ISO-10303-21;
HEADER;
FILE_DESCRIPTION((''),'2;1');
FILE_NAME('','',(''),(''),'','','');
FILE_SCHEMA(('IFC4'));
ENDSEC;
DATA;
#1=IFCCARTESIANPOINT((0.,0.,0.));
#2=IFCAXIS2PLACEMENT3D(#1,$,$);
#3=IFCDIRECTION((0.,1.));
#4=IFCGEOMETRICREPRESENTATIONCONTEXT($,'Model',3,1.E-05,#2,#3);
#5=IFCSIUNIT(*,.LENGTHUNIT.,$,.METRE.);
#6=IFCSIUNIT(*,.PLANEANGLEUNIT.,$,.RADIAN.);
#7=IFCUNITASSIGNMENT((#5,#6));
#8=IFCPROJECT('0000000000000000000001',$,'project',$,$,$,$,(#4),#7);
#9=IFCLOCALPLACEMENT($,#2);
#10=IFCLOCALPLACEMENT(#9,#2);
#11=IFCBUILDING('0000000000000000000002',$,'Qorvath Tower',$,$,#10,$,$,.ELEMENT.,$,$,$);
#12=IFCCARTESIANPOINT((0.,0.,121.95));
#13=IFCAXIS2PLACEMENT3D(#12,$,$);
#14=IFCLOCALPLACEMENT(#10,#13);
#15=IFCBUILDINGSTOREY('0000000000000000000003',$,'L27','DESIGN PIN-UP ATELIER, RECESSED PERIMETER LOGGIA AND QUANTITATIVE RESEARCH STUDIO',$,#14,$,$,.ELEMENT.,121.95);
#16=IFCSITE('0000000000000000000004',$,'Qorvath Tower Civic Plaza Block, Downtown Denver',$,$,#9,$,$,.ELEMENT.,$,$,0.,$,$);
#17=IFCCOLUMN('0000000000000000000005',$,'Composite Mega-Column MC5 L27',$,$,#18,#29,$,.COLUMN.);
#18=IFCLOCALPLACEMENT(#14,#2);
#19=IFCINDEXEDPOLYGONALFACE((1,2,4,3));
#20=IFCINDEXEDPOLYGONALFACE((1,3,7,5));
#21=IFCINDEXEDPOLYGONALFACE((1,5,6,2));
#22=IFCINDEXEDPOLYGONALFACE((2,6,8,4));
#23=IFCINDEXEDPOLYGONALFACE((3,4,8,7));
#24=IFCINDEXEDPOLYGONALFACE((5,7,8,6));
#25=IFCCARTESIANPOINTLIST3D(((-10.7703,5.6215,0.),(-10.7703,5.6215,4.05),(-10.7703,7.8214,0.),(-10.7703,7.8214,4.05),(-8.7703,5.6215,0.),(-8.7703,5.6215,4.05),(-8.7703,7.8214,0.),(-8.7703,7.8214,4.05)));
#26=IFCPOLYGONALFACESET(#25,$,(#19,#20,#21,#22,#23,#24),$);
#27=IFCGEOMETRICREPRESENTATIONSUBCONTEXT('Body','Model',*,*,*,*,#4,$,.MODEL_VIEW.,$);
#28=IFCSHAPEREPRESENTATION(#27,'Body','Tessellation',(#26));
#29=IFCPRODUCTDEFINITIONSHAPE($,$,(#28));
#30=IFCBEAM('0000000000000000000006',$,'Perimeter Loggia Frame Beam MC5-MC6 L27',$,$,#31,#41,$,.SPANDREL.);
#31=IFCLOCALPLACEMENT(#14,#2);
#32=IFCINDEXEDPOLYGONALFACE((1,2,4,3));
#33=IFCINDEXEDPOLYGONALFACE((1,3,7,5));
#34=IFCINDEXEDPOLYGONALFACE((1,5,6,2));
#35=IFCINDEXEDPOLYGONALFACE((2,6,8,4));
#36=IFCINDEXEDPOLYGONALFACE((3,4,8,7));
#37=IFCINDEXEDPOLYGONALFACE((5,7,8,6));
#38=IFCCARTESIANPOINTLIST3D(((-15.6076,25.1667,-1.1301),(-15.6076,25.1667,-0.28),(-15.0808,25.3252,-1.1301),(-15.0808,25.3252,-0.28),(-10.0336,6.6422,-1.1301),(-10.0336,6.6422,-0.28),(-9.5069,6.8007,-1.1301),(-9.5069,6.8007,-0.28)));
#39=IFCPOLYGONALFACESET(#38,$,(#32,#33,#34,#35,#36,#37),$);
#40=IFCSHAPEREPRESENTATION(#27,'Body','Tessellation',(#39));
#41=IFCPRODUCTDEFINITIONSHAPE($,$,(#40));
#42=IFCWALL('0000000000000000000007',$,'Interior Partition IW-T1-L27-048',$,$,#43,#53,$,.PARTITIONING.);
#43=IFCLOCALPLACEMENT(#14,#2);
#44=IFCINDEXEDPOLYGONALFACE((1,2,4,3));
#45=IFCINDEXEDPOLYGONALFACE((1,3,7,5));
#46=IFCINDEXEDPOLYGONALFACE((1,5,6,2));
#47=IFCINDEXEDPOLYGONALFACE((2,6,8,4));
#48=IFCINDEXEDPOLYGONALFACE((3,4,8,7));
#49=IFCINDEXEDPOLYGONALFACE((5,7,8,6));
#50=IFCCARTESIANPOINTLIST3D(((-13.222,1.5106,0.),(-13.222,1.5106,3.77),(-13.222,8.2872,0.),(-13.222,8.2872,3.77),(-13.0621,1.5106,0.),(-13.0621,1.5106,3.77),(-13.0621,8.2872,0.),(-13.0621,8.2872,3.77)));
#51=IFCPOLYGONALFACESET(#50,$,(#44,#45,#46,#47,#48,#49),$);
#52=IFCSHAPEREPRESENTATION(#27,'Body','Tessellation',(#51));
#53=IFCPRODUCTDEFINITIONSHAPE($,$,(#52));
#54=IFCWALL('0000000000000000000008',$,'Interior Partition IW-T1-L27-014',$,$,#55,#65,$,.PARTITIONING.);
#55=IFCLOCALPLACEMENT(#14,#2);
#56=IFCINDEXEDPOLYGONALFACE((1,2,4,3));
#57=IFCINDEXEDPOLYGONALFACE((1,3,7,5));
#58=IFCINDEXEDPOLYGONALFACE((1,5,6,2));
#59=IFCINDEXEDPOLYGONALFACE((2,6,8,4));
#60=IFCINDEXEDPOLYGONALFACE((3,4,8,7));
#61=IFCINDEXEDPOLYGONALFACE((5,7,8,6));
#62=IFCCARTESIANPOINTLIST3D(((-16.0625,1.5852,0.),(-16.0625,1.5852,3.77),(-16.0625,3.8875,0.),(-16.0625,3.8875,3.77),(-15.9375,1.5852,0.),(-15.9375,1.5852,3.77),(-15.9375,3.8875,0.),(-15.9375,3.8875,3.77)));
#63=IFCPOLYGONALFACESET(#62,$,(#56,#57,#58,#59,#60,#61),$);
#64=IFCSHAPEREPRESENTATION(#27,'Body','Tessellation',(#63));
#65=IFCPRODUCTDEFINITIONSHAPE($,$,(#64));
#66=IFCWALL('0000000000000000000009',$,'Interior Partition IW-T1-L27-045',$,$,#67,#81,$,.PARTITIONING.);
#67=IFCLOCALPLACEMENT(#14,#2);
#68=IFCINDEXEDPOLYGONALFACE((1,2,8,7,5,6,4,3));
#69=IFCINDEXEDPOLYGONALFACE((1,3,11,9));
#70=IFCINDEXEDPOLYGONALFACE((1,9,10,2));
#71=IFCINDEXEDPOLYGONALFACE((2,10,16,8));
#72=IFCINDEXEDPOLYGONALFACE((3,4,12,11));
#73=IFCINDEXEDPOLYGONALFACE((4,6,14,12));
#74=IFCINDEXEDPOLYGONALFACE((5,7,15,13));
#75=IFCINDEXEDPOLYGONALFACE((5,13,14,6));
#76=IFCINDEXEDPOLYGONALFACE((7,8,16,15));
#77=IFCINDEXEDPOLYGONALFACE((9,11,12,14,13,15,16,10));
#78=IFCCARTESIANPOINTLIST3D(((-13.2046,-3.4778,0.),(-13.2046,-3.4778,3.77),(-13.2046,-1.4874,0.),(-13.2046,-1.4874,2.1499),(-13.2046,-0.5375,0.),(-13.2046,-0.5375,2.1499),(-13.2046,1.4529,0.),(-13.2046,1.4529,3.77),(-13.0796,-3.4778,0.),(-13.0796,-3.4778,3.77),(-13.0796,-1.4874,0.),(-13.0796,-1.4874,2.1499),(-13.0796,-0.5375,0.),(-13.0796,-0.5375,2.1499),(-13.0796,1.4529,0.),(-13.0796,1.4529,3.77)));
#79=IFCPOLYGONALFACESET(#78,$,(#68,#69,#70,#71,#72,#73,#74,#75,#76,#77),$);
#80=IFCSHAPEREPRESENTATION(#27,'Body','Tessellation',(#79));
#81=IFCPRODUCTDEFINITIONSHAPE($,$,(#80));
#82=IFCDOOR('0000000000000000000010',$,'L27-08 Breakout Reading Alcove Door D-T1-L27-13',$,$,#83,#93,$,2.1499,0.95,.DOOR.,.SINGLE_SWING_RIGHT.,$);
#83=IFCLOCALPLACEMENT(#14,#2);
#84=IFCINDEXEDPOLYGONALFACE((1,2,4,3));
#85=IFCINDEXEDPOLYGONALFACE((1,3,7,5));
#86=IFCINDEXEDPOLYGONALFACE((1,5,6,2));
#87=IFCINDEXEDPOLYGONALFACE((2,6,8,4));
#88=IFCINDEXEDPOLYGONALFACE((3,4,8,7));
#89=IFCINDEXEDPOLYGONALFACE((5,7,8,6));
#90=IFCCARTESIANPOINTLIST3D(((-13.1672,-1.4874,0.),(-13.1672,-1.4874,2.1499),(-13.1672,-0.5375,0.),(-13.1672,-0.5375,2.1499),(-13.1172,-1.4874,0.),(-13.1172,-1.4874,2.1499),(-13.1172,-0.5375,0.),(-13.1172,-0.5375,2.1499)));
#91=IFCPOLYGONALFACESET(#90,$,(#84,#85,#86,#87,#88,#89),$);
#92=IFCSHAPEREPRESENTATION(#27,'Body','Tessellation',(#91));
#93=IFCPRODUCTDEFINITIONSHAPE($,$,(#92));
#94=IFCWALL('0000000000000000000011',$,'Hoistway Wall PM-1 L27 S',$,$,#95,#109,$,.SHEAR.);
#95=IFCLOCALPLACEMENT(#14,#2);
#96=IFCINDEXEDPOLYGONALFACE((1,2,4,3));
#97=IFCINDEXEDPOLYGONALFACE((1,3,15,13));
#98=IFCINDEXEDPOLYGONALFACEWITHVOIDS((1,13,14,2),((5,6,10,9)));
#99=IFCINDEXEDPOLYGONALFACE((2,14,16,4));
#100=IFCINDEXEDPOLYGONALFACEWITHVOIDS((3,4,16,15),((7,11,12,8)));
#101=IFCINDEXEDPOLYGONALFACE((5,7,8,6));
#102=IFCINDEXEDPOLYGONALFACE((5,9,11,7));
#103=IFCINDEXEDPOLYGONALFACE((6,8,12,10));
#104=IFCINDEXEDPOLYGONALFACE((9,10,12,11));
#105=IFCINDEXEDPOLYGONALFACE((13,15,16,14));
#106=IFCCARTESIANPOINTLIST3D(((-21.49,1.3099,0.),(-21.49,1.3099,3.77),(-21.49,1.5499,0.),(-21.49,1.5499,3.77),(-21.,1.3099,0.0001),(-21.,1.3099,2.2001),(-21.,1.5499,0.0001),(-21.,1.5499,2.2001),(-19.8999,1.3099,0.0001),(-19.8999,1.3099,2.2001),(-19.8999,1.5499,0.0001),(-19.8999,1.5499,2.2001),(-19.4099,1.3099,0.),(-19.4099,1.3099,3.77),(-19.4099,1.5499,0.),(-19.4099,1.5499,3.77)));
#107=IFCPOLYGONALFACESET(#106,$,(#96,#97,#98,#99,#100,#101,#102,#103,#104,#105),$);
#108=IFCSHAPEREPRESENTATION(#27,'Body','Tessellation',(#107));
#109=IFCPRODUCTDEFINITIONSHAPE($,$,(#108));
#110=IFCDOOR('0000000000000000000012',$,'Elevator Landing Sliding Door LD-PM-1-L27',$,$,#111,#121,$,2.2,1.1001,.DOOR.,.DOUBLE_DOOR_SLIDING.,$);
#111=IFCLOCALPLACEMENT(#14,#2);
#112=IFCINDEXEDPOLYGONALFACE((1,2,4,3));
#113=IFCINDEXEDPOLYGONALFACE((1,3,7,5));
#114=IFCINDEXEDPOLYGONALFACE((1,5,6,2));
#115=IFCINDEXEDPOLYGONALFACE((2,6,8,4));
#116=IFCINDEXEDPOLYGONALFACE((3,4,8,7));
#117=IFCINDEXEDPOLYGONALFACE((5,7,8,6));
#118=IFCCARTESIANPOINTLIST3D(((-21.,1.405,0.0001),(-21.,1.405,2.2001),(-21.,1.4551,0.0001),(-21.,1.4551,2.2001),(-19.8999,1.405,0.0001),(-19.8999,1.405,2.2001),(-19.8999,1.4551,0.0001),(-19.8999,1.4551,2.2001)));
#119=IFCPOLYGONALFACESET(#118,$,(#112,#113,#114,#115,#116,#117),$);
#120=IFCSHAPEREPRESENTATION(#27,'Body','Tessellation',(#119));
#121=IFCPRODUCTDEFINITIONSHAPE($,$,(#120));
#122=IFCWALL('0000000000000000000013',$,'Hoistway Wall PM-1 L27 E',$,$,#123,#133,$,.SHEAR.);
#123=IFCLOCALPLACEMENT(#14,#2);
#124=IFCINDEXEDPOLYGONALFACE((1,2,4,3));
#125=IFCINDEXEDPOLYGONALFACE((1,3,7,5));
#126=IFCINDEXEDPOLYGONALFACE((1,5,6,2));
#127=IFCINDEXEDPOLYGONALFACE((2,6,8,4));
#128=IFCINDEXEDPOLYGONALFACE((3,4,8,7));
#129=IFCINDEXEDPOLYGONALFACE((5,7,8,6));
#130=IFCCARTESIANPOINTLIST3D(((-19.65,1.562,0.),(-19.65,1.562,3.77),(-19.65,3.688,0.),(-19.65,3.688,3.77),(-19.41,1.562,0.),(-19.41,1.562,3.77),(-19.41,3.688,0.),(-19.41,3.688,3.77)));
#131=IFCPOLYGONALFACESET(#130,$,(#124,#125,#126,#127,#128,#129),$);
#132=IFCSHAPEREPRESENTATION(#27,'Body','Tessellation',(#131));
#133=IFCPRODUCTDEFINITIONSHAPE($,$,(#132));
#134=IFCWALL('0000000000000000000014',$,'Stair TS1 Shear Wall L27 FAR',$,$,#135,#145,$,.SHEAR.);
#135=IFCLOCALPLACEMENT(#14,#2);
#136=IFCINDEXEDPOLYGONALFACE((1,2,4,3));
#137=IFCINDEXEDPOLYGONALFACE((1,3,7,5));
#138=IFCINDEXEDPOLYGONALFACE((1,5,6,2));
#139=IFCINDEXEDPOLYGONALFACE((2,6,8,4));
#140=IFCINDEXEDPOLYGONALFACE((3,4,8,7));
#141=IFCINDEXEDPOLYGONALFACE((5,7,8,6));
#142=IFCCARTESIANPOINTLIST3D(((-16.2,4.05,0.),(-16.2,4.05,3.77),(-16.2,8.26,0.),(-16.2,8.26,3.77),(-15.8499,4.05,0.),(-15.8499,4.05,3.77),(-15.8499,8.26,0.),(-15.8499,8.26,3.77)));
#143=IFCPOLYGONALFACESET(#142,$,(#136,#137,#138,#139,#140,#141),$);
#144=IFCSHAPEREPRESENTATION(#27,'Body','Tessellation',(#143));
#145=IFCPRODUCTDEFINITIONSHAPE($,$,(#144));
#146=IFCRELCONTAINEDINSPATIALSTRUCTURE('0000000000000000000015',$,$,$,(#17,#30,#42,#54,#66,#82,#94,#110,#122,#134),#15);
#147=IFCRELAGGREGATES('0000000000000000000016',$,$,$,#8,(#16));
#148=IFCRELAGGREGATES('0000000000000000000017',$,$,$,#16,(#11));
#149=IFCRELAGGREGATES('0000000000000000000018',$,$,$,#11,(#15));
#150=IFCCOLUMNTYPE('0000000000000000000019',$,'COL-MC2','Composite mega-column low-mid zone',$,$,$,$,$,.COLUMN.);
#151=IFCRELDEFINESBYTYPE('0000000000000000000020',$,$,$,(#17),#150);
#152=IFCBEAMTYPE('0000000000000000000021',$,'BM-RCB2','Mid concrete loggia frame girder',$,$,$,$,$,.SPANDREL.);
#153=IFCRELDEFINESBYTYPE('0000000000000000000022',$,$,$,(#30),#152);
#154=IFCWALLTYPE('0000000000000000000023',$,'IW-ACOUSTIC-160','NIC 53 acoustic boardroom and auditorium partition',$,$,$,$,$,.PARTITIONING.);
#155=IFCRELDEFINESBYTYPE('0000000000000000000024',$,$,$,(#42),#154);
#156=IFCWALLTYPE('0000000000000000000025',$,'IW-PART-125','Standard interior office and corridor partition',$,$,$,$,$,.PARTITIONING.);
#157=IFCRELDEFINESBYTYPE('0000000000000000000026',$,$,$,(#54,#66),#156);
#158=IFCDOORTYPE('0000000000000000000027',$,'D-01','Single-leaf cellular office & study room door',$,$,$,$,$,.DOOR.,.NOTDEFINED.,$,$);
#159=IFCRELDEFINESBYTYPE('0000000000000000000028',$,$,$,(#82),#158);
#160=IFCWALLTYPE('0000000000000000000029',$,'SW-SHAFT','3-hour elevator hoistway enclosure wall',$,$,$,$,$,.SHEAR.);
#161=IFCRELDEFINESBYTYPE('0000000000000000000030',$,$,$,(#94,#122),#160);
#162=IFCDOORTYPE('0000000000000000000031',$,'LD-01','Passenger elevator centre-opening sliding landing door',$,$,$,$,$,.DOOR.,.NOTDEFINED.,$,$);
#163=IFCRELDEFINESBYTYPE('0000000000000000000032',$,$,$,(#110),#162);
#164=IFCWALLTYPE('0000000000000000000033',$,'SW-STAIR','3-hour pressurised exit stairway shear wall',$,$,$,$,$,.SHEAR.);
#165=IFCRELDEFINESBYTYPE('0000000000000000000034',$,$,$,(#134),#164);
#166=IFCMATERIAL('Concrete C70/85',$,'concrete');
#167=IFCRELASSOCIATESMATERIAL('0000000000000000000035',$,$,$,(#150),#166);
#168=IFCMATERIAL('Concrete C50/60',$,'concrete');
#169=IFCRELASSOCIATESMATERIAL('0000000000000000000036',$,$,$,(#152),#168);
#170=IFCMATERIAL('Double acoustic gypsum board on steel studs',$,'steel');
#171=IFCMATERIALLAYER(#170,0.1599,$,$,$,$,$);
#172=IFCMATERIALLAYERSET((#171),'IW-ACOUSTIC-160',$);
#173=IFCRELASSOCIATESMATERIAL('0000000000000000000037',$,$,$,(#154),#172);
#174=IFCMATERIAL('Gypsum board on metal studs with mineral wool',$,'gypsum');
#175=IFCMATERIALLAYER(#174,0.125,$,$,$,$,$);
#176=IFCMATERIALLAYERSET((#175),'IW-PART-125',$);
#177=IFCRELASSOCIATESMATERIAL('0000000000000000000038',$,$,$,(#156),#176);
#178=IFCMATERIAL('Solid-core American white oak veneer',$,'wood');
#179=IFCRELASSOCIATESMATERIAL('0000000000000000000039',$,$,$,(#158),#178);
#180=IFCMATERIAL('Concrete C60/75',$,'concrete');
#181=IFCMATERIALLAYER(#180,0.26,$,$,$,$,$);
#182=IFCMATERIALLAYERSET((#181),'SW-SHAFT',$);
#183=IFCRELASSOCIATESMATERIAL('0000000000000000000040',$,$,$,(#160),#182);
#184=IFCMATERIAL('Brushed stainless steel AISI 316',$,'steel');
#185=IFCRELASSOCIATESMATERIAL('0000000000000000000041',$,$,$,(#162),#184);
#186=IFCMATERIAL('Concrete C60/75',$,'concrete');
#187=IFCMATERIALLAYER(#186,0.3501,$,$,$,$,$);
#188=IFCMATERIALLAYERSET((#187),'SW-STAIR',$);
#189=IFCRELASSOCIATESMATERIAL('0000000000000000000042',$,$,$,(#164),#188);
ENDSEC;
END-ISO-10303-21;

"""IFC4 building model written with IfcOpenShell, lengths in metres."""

from ifc_helpers import new_model, si_unit, direction, frame, frame_2d, origin, origin_2d, place, context, subcontext, project, spatial, rectangle, extrude, material, layer, layer_set, material_profile, profile_set, type_object, element, fill, save


model = new_model("IFC4")

# Units and contexts
model_context = context("Model", 3, precision=1e-05, world=origin(), true_north=direction((0.0, 1.0)))
body_context = subcontext(model_context, "Body", "Model", "MODEL_VIEW")
ifc_project = project(units=[si_unit("LENGTHUNIT", "METRE"), si_unit("PLANEANGLEUNIT", "RADIAN")], contexts=[model_context])

# Site, building, storey
site_placement = place(None, origin())
site = spatial("IfcSite", under=ifc_project, at=site_placement, Name="Qorvath Tower Civic Plaza Block, Downtown Denver", CompositionType="ELEMENT", RefElevation=0.0)
building_placement = place(site_placement, origin())
building = spatial("IfcBuilding", under=site, at=building_placement, Name="Qorvath Tower", CompositionType="ELEMENT")
storey_placement = place(building_placement, frame((0.0, 0.0, 121.95)))
storey = spatial("IfcBuildingStorey", under=building, at=storey_placement, Name="L27", Description="DESIGN PIN-UP ATELIER, RECESSED PERIMETER LOGGIA AND QUANTITATIVE RESEARCH STUDIO", CompositionType="ELEMENT", Elevation=121.95)

# Column
ifc_material_1 = material(Name="Concrete C70/85", Category="concrete")
ifc_material_profile_1 = material_profile(ifc_material_1, rectangle(XDim=2.0, YDim=2.2, at=origin_2d()), Name="MC 2200x2000")
ifc_profile_set_1 = profile_set([ifc_material_profile_1], Name="Concrete C70/85")
column_type = type_object("IfcColumnType", Name="COL-MC2", Description="Composite mega-column low-mid zone", PredefinedType="COLUMN", material=ifc_profile_set_1)
column_placement = place(storey_placement, frame((-9.7703, 6.7214, 0.0), z_axis=(0.0, 0.0, 1.0), x_axis=(1.0, 0.0, 0.0)))
element("IfcColumn", 1, at=column_placement, inside=storey, type_object=column_type, Name="Composite Mega-Column MC5 L27", PredefinedType="COLUMN", context=body_context, shape_type="SweptSolid", body=[
    extrude(rectangle(XDim=2.0, YDim=2.2, at=origin_2d()), origin(), (0.0, 0.0, 1.0), 4.05),
])

# Beam
ifc_material_2 = material(Name="Concrete C50/60", Category="concrete")
ifc_material_profile_2 = material_profile(ifc_material_2, rectangle(XDim=0.55, YDim=0.8501, at=origin_2d()), Name="RCB 850x550")
ifc_profile_set_2 = profile_set([ifc_material_profile_2], Name="Concrete C50/60")
beam_type = type_object("IfcBeamType", Name="BM-RCB2", Description="Mid concrete loggia frame girder", PredefinedType="SPANDREL", material=ifc_profile_set_2)
beam_placement = place(storey_placement, frame((-9.7703, 6.7214, -0.7051), z_axis=(-0.288134, 0.95759, 0.0), x_axis=(-0.95759, -0.288134, 0.0)))
element("IfcBeam", 2, at=beam_placement, inside=storey, type_object=beam_type, Name="Perimeter Loggia Frame Beam MC5-MC6 L27", PredefinedType="SPANDREL", context=body_context, shape_type="SweptSolid", body=[
    extrude(rectangle(XDim=0.55, YDim=0.8501, at=origin_2d()), origin(), (0.0, 0.0, 1.0), 19.345),
])

# Wall
ifc_material_3 = material(Name="Double acoustic gypsum board on steel studs", Category="steel")
ifc_layer_1 = layer(ifc_material_3, 0.1599)
ifc_layer_set_1 = layer_set([ifc_layer_1], Name="IW-ACOUSTIC-160")
wall_type_1 = type_object("IfcWallType", Name="IW-ACOUSTIC-160", Description="NIC 53 acoustic boardroom and auditorium partition", PredefinedType="PARTITIONING", material=ifc_layer_set_1)
wall_1_placement = place(storey_placement, frame((-13.1421, 8.2871, 0.0), z_axis=(0.0, 0.0, 1.0), x_axis=(0.0, -1.0, 0.0)))
element("IfcWall", 3, at=wall_1_placement, inside=storey, type_object=wall_type_1, Name="Interior Partition IW-T1-L27-048", PredefinedType="PARTITIONING", context=body_context, shape_type="SweptSolid", body=[
    extrude(rectangle(XDim=6.7766, YDim=0.1599, at=frame_2d((3.3882, 0.0))), origin(), (0.0, 0.0, 1.0), 3.77),
])

# Shared definitions
ifc_material_4 = material(Name="Gypsum board on metal studs with mineral wool", Category="gypsum")
ifc_layer_2 = layer(ifc_material_4, 0.125)
ifc_layer_set_2 = layer_set([ifc_layer_2], Name="IW-PART-125")
wall_type_2 = type_object("IfcWallType", Name="IW-PART-125", Description="Standard interior office and corridor partition", PredefinedType="PARTITIONING", material=ifc_layer_set_2)
ifc_material_5 = material(Name="Solid-core American white oak veneer", Category="wood")
door_type_1 = type_object("IfcDoorType", Name="D-01", Description="Single-leaf cellular office & study room door", OperationType="NOTDEFINED", PredefinedType="DOOR", material=ifc_material_5)

# Wall
wall_2_placement = place(storey_placement, frame((-16.0, 1.5852, 0.0), z_axis=(0.0, 0.0, 1.0), x_axis=(0.0, 1.0, 0.0)))
element("IfcWall", 4, at=wall_2_placement, inside=storey, type_object=wall_type_2, Name="Interior Partition IW-T1-L27-014", PredefinedType="PARTITIONING", context=body_context, shape_type="SweptSolid", body=[
    extrude(rectangle(XDim=2.3022, YDim=0.125, at=frame_2d((1.1511, 0.0))), origin(), (0.0, 0.0, 1.0), 3.77),
])

# Walls, openings, doors
wall_3_placement = place(storey_placement, frame((-13.1421, 1.4529, 0.0), z_axis=(0.0, 0.0, 1.0), x_axis=(0.0, -1.0, 0.0)))
wall_3 = element("IfcWall", 5, at=wall_3_placement, inside=storey, type_object=wall_type_2, Name="Interior Partition IW-T1-L27-045", PredefinedType="PARTITIONING", context=body_context, shape_type="SweptSolid", body=[
    extrude(rectangle(XDim=4.9307, YDim=0.125, at=frame_2d((2.4653, 0.0))), origin(), (0.0, 0.0, 1.0), 3.77),
])
opening_1_placement = place(wall_3_placement, frame((1.9902, 0.0, 0.0)))
opening_1 = element("IfcOpeningElement", 6, at=opening_1_placement, cuts=wall_3, PredefinedType="OPENING", context=body_context, shape_type="SweptSolid", body=[
    extrude(rectangle(XDim=0.95, YDim=2.1499, at=frame_2d((0.4751, 1.075))), frame((0.0, 0.0725, 0.0), z_axis=(0.0, -1.0, 0.0), x_axis=(1.0, 0.0, 0.0)), (0.0, 0.0, 1.0), 0.145),
])
door_1_placement = place(opening_1_placement, origin())
door_1 = element("IfcDoor", 7, at=door_1_placement, inside=storey, type_object=door_type_1, Name="L27-08 Breakout Reading Alcove Door D-T1-L27-13", OperationType="SINGLE_SWING_RIGHT", OverallHeight=2.1499, OverallWidth=0.95, PredefinedType="DOOR", context=body_context, shape_type="SweptSolid", body=[
    extrude(rectangle(XDim=0.95, YDim=2.1499, at=frame_2d((0.4751, 1.075))), frame((0.0, 0.0249, 0.0), z_axis=(0.0, -1.0, 0.0), x_axis=(1.0, 0.0, 0.0)), (0.0, 0.0, 1.0), 0.05),
])
fill(opening_1, door_1)
ifc_material_6 = material(Name="Concrete C60/75", Category="concrete")
ifc_layer_3 = layer(ifc_material_6, 0.26)
ifc_layer_set_3 = layer_set([ifc_layer_3], Name="SW-SHAFT")
wall_type_3 = type_object("IfcWallType", Name="SW-SHAFT", Description="3-hour elevator hoistway enclosure wall", PredefinedType="SHEAR", material=ifc_layer_set_3)
wall_4_placement = place(storey_placement, frame((-19.4099, 1.4299, 0.0), z_axis=(0.0, 0.0, 1.0), x_axis=(-1.0, 0.0, 0.0)))
wall_4 = element("IfcWall", 8, at=wall_4_placement, inside=storey, type_object=wall_type_3, Name="Hoistway Wall PM-1 L27 S", PredefinedType="SHEAR", context=body_context, shape_type="SweptSolid", body=[
    extrude(rectangle(XDim=2.0801, YDim=0.24, at=frame_2d((1.04, 0.0))), origin(), (0.0, 0.0, 1.0), 3.77),
])
opening_2_placement = place(wall_4_placement, frame((0.49, 0.0, 0.0)))
opening_2 = element("IfcOpeningElement", 9, at=opening_2_placement, cuts=wall_4, PredefinedType="OPENING", context=body_context, shape_type="SweptSolid", body=[
    extrude(rectangle(XDim=1.1001, YDim=2.2, at=frame_2d((0.55, 1.1001))), frame((0.0, 0.1299, 0.0), z_axis=(0.0, -1.0, 0.0), x_axis=(1.0, 0.0, 0.0)), (0.0, 0.0, 1.0), 0.26),
])
ifc_material_7 = material(Name="Brushed stainless steel AISI 316", Category="steel")
door_type_2 = type_object("IfcDoorType", Name="LD-01", Description="Passenger elevator centre-opening sliding landing door", OperationType="NOTDEFINED", PredefinedType="DOOR", material=ifc_material_7)
door_2_placement = place(opening_2_placement, origin())
door_2 = element("IfcDoor", 10, at=door_2_placement, inside=storey, type_object=door_type_2, Name="Elevator Landing Sliding Door LD-PM-1-L27", OperationType="DOUBLE_DOOR_SLIDING", OverallHeight=2.2, OverallWidth=1.1001, PredefinedType="DOOR", context=body_context, shape_type="SweptSolid", body=[
    extrude(rectangle(XDim=1.1001, YDim=2.2, at=frame_2d((0.55, 1.1001))), frame((0.0, 0.0249, 0.0), z_axis=(0.0, -1.0, 0.0), x_axis=(1.0, 0.0, 0.0)), (0.0, 0.0, 1.0), 0.05),
])
fill(opening_2, door_2)

# Walls
wall_5_placement = place(storey_placement, frame((-19.53, 3.688, 0.0), z_axis=(0.0, 0.0, 1.0), x_axis=(0.0, -1.0, 0.0)))
element("IfcWall", 11, at=wall_5_placement, inside=storey, type_object=wall_type_3, Name="Hoistway Wall PM-1 L27 E", PredefinedType="SHEAR", context=body_context, shape_type="SweptSolid", body=[
    extrude(rectangle(XDim=2.126, YDim=0.24, at=frame_2d((1.063, 0.0))), origin(), (0.0, 0.0, 1.0), 3.77),
])
ifc_material_8 = material(Name="Concrete C60/75", Category="concrete")
ifc_layer_4 = layer(ifc_material_8, 0.3501)
ifc_layer_set_4 = layer_set([ifc_layer_4], Name="SW-STAIR")
wall_type_4 = type_object("IfcWallType", Name="SW-STAIR", Description="3-hour pressurised exit stairway shear wall", PredefinedType="SHEAR", material=ifc_layer_set_4)
wall_6_placement = place(storey_placement, frame((-16.0249, 4.05, 0.0), z_axis=(0.0, 0.0, 1.0), x_axis=(0.0, 1.0, 0.0)))
element("IfcWall", 12, at=wall_6_placement, inside=storey, type_object=wall_type_4, Name="Stair TS1 Shear Wall L27 FAR", PredefinedType="SHEAR", context=body_context, shape_type="SweptSolid", body=[
    extrude(rectangle(XDim=4.21, YDim=0.3501, at=frame_2d((2.105, 0.0))), origin(), (0.0, 0.0, 1.0), 3.77),
])

save(model, "model.ifc")
